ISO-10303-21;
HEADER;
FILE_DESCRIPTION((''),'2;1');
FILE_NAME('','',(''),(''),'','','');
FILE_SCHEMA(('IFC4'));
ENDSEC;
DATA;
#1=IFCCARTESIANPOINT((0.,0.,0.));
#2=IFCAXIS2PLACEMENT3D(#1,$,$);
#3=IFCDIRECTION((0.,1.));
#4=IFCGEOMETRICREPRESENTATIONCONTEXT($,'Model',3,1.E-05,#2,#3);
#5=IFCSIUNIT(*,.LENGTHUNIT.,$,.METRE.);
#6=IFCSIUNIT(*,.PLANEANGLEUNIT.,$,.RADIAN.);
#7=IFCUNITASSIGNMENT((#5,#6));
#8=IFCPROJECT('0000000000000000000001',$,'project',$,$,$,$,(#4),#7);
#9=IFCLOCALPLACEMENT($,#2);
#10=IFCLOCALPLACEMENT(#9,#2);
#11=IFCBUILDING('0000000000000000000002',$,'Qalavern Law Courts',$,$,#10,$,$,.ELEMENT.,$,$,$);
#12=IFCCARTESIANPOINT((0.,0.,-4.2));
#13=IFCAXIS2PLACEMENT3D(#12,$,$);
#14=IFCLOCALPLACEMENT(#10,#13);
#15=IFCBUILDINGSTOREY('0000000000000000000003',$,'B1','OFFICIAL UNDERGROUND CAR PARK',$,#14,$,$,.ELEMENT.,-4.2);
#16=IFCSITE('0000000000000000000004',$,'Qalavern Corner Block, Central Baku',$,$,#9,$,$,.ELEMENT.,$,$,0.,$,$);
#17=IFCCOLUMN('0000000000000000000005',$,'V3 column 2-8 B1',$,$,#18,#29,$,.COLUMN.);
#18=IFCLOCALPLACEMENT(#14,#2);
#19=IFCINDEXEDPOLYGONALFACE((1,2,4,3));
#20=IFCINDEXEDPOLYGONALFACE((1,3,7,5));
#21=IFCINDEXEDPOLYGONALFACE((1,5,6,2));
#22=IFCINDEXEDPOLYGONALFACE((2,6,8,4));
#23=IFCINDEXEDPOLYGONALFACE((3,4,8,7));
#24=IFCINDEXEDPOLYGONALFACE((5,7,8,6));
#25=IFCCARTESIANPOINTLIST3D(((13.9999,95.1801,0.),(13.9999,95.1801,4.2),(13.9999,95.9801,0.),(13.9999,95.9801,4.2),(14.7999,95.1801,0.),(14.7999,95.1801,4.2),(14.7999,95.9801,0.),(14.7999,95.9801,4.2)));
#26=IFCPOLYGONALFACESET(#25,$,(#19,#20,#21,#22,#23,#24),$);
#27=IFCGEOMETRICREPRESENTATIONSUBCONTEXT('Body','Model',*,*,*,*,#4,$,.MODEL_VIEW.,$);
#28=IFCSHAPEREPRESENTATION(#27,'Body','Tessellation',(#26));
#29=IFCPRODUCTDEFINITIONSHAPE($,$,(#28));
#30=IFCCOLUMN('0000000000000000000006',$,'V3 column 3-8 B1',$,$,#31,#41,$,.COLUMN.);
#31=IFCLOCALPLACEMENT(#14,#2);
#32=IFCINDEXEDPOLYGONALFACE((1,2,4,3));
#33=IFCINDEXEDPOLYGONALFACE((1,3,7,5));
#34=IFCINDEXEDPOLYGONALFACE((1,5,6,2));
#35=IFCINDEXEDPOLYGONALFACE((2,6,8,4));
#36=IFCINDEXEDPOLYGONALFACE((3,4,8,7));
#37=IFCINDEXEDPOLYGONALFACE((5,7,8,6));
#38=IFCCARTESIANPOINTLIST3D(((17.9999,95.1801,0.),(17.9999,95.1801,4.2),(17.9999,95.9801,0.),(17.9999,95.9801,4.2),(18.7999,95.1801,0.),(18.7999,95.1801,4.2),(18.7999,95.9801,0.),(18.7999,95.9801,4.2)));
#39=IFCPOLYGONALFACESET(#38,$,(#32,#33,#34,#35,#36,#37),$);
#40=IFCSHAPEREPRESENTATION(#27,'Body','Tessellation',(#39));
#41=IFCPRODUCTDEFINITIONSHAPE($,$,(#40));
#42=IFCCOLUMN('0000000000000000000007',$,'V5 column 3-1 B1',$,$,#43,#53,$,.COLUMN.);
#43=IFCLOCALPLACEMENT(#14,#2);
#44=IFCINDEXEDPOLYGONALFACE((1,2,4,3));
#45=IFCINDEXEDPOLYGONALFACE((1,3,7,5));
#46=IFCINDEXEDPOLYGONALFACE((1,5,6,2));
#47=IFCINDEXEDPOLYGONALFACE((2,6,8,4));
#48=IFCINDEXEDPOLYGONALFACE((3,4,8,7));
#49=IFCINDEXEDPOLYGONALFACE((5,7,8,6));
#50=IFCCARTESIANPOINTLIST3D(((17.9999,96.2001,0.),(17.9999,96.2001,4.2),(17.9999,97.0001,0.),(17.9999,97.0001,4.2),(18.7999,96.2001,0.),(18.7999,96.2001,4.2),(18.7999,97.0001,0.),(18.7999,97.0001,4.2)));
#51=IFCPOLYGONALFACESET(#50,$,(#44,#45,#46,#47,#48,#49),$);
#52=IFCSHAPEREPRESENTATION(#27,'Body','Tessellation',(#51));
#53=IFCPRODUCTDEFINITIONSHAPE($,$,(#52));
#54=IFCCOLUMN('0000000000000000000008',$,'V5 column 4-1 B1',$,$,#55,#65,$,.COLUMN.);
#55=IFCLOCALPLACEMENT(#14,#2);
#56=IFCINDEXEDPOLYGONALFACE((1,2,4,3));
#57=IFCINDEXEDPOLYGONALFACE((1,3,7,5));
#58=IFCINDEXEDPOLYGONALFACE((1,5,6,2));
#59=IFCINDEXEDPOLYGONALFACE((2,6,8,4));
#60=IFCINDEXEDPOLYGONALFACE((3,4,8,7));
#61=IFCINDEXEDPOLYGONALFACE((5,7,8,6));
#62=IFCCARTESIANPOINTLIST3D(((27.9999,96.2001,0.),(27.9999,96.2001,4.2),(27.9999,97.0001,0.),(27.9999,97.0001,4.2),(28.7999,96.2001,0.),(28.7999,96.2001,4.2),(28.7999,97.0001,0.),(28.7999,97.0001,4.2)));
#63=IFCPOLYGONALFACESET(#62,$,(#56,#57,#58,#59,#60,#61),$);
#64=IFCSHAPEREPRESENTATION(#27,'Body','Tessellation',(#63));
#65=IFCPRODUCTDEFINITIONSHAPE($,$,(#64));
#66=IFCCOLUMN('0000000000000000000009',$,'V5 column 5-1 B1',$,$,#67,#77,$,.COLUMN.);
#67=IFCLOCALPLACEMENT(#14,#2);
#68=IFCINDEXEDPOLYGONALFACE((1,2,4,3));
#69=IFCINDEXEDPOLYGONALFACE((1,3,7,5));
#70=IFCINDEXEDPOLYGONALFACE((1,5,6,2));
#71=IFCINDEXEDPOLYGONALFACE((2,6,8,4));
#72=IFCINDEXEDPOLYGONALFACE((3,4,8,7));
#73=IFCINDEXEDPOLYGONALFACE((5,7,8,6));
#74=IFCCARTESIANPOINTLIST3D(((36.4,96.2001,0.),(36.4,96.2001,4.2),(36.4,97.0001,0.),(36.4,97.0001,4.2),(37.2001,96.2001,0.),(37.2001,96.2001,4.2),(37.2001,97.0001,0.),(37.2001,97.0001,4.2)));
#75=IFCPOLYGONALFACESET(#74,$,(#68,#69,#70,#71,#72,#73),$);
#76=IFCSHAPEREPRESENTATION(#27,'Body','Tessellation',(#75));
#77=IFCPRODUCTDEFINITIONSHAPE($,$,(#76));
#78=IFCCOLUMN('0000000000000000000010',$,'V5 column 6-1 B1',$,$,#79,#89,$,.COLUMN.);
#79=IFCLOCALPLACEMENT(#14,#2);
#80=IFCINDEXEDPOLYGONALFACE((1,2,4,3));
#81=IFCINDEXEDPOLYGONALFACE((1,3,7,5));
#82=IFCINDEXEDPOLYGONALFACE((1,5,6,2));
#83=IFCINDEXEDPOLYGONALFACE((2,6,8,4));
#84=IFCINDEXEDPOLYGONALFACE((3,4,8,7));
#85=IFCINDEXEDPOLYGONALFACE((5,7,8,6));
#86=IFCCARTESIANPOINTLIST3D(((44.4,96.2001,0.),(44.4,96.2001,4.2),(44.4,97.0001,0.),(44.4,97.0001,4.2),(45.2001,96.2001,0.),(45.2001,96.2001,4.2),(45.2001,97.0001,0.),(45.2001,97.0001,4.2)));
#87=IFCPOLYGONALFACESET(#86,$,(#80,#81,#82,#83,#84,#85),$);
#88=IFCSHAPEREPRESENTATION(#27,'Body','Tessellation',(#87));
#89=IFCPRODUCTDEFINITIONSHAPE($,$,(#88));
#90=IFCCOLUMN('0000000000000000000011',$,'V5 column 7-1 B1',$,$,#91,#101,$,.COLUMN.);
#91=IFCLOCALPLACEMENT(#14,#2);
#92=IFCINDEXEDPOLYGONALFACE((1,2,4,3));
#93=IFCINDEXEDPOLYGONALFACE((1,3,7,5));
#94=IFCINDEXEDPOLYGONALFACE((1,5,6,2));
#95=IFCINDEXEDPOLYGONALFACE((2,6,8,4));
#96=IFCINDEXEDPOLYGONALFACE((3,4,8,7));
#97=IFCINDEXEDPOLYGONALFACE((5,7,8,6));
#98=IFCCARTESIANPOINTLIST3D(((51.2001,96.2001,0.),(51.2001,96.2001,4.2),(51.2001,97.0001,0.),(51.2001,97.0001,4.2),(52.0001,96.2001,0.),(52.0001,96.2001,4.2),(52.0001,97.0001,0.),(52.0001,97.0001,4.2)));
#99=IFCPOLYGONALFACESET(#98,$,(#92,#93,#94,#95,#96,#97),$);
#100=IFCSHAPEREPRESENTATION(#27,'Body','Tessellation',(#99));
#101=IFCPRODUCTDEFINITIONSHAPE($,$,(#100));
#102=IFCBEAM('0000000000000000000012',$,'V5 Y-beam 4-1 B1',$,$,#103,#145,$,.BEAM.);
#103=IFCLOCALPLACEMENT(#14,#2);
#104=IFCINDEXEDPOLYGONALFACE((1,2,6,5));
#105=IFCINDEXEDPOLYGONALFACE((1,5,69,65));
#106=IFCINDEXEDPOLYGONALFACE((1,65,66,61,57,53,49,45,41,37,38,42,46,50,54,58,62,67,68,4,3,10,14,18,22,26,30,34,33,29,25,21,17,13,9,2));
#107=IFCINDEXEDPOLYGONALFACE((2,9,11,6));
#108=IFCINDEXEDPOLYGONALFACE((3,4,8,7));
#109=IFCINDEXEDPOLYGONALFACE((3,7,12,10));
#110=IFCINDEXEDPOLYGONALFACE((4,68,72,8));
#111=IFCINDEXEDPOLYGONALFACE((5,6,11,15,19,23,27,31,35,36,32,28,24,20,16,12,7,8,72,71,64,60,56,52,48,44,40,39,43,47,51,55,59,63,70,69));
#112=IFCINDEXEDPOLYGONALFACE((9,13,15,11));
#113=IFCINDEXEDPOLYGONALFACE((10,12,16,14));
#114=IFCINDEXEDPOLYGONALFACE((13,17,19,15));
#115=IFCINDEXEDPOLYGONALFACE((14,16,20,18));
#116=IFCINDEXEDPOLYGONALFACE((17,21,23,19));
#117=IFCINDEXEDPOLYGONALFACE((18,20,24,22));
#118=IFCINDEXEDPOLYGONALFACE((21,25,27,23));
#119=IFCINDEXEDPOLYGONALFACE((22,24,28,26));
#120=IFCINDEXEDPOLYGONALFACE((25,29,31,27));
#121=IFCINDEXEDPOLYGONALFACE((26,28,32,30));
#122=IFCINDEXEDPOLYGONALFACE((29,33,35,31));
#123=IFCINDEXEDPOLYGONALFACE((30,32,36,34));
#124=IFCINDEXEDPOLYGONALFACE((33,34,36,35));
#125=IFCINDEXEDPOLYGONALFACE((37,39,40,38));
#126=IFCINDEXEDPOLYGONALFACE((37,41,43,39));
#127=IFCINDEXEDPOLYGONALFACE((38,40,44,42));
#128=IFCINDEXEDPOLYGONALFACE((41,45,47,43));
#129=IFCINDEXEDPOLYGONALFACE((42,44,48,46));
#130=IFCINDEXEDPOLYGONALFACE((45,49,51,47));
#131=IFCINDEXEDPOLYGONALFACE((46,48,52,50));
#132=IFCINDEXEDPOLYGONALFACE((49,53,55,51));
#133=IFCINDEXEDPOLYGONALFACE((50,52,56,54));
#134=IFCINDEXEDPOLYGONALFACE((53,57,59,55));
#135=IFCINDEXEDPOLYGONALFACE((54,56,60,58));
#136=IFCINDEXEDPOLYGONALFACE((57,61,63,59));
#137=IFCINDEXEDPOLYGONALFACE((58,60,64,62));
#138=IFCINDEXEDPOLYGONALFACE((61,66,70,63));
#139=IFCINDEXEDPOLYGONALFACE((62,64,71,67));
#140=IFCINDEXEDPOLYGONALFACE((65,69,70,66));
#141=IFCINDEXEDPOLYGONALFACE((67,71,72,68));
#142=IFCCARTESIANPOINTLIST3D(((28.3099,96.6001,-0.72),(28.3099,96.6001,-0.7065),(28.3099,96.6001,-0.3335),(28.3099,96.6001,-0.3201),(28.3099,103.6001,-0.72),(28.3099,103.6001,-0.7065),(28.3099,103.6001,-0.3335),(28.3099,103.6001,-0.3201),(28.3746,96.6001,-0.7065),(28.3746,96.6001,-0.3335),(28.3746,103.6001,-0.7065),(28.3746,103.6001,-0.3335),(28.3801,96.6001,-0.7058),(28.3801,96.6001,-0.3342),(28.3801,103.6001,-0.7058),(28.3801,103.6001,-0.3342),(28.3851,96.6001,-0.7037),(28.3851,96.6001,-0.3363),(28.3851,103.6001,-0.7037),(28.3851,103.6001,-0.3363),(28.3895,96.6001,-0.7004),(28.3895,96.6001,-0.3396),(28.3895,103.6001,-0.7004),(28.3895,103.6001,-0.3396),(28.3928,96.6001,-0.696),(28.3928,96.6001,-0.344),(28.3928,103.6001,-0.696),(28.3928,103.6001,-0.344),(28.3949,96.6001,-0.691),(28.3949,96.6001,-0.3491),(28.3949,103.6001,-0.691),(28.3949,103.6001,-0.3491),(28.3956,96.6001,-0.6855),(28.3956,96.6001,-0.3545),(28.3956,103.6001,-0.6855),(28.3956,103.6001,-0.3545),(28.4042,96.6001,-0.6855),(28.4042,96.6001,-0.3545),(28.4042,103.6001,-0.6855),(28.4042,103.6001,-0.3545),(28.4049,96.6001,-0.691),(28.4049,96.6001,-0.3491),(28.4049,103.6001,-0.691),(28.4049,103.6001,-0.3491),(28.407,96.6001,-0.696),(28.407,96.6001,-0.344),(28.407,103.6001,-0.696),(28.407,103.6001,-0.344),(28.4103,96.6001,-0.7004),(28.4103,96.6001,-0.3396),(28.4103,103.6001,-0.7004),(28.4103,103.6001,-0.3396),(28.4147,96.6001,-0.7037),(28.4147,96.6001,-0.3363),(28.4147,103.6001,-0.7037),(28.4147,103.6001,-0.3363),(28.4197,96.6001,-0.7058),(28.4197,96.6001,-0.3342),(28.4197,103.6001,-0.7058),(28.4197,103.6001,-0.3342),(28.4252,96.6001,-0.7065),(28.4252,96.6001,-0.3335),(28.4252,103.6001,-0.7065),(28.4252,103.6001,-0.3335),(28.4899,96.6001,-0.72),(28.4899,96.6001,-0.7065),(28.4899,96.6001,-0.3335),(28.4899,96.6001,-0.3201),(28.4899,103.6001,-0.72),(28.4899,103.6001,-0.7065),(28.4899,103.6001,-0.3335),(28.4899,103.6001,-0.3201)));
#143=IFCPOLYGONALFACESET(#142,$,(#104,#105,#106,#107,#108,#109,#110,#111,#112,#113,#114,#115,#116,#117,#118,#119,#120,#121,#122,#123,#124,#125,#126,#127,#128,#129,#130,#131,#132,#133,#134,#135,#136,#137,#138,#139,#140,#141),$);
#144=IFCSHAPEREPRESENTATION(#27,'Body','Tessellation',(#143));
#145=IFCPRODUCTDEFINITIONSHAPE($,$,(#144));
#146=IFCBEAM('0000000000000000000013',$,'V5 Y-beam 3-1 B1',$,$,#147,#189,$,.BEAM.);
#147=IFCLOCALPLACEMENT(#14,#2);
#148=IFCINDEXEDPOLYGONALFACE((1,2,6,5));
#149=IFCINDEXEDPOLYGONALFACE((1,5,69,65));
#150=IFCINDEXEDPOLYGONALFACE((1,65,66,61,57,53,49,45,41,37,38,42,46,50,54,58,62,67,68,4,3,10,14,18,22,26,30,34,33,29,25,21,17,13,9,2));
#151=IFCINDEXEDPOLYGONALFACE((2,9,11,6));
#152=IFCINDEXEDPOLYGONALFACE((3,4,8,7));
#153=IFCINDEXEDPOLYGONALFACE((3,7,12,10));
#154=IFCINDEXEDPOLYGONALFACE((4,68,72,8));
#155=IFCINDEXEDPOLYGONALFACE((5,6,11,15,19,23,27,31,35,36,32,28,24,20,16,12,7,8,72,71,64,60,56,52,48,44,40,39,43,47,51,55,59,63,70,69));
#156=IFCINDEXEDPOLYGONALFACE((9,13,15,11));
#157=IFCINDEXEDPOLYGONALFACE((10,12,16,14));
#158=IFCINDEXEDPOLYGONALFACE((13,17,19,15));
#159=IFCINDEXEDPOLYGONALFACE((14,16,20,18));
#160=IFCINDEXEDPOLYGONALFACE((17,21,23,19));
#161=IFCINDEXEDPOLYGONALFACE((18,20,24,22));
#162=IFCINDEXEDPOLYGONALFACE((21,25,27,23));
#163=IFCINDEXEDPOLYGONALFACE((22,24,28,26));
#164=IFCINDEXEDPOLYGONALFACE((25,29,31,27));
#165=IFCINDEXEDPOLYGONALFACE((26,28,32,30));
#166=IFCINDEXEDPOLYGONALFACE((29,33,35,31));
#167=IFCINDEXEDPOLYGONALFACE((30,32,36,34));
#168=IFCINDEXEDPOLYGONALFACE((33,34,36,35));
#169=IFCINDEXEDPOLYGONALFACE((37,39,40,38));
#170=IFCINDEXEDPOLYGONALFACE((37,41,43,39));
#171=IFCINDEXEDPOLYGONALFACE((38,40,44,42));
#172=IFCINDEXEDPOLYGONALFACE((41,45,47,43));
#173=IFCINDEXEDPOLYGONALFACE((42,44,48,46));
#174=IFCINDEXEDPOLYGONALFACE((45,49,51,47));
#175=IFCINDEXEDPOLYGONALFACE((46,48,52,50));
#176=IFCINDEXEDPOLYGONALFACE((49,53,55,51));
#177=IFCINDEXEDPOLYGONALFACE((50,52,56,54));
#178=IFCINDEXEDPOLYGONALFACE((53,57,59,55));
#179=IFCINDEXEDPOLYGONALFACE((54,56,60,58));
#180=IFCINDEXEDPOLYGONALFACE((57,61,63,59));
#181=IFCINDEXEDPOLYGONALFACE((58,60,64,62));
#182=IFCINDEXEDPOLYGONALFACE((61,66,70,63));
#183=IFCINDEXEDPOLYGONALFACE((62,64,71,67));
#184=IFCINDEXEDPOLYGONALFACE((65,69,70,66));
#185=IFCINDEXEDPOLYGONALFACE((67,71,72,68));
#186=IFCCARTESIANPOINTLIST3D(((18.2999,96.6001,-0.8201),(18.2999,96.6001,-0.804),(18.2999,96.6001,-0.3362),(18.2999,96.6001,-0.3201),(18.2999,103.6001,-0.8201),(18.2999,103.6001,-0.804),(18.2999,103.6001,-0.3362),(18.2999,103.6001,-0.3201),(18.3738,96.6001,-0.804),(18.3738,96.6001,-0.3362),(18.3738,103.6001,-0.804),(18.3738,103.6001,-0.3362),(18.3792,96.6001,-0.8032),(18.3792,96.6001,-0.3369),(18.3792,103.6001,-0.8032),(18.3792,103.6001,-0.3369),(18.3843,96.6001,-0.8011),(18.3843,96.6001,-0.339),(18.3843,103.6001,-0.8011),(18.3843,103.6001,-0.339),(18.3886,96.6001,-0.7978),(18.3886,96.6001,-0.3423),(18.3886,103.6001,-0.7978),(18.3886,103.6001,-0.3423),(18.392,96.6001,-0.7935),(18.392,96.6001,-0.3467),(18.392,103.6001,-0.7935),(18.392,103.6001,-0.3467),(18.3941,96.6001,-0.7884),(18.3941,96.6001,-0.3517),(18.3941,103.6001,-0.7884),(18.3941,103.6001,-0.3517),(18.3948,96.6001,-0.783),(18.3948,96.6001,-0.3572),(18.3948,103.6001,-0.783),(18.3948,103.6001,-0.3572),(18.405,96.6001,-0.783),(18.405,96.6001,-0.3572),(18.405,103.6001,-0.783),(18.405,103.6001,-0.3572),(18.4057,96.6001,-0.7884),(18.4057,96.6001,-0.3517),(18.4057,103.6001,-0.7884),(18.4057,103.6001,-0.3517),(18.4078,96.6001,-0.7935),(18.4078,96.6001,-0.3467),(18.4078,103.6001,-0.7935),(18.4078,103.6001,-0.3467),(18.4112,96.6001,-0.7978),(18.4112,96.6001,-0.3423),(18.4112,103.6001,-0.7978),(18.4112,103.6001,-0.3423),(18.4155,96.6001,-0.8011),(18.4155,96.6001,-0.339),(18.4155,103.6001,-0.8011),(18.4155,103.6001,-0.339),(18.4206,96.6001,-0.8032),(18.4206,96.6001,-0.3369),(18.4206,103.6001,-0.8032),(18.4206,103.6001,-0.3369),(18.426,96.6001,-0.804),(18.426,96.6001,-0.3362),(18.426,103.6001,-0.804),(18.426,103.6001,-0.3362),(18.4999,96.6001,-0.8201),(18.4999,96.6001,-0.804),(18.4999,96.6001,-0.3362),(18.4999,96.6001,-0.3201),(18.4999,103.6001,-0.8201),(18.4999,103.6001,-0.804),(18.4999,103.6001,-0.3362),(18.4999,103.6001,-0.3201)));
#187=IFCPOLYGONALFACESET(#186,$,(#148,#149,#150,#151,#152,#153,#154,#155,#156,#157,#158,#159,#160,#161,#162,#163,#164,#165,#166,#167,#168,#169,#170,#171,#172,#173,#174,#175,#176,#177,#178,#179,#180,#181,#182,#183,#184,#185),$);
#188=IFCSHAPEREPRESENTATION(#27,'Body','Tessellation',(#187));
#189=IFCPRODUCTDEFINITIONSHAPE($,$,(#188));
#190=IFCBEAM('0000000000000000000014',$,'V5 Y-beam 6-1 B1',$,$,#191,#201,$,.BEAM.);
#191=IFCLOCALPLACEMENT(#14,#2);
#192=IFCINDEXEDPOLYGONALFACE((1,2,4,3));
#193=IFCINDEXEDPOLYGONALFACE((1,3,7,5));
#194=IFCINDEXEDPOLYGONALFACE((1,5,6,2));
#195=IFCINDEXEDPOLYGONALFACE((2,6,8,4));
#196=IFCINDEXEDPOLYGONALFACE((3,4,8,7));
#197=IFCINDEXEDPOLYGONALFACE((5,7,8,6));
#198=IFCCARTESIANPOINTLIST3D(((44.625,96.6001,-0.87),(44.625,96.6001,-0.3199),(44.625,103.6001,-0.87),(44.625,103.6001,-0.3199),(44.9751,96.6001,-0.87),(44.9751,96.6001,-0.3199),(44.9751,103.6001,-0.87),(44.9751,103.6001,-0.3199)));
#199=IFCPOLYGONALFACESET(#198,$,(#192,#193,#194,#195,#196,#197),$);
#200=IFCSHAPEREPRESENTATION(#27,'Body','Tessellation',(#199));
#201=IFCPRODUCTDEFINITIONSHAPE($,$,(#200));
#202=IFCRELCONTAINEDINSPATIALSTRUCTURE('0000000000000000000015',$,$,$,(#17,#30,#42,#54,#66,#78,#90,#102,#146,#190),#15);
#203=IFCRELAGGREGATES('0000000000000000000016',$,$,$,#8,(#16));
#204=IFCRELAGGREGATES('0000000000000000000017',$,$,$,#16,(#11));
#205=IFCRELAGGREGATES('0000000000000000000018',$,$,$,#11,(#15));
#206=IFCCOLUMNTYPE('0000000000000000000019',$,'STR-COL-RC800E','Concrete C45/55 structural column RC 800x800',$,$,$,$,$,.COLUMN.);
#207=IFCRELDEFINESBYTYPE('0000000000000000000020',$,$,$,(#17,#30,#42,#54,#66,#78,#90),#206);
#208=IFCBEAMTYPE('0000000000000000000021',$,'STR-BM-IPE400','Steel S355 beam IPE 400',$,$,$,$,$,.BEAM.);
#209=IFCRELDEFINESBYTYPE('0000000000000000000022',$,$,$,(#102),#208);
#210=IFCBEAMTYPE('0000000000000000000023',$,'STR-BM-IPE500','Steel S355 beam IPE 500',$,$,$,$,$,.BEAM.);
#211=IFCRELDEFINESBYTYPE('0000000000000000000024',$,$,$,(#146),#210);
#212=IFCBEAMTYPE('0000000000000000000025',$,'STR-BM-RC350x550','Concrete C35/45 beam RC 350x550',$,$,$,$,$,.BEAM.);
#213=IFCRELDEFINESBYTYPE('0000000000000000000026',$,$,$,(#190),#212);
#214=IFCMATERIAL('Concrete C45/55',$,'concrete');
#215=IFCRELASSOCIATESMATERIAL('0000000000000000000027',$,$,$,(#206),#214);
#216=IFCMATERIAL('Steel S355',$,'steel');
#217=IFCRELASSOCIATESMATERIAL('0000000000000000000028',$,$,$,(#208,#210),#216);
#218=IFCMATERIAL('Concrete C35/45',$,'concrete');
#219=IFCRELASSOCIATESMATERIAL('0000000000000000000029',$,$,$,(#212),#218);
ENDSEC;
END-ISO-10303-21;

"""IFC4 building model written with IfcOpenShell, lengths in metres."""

from ifc_helpers import new_model, si_unit, direction, frame, origin, origin_2d, place, context, subcontext, project, spatial, rectangle, i_section, extrude, material, material_profile, profile_set, type_object, element, save


model = new_model("IFC4")

# Units and contexts
model_context = context("Model", 3, precision=1e-05, world=origin(), true_north=direction((0.0, 1.0)))
body_context = subcontext(model_context, "Body", "Model", "MODEL_VIEW")
ifc_project = project(units=[si_unit("LENGTHUNIT", "METRE"), si_unit("PLANEANGLEUNIT", "RADIAN")], contexts=[model_context])

# Site, building, storey
site_placement = place(None, origin())
site = spatial("IfcSite", under=ifc_project, at=site_placement, Name="Qalavern Corner Block, Central Baku", CompositionType="ELEMENT", RefElevation=0.0)
building_placement = place(site_placement, origin())
building = spatial("IfcBuilding", under=site, at=building_placement, Name="Qalavern Law Courts", CompositionType="ELEMENT")
storey_placement = place(building_placement, frame((0.0, 0.0, -4.2)))
storey = spatial("IfcBuildingStorey", under=building, at=storey_placement, Name="B1", Description="OFFICIAL UNDERGROUND CAR PARK", CompositionType="ELEMENT", Elevation=-4.2)

# Columns
ifc_material_1 = material(Name="Concrete C45/55", Category="concrete")
ifc_material_profile_1 = material_profile(ifc_material_1, rectangle(XDim=0.8, YDim=0.8, at=origin_2d()), Name="RC 800x800")
ifc_profile_set_1 = profile_set([ifc_material_profile_1], Name="Concrete C45/55")
column_type = type_object("IfcColumnType", Name="STR-COL-RC800E", Description="Concrete C45/55 structural column RC 800x800", PredefinedType="COLUMN", material=ifc_profile_set_1)
for number, where, z_axis, x_axis, name in (
    (1, (14.3999, 95.5801, 0.0), (0.0, 0.0, 1.0), (1.0, 0.0, 0.0), "V3 column 2-8 B1"),
    (2, (18.3999, 95.5801, 0.0), (0.0, 0.0, 1.0), (1.0, 0.0, 0.0), "V3 column 3-8 B1"),
    (3, (18.3999, 96.6001, 0.0), (0.0, 0.0, 1.0), (1.0, 0.0, 0.0), "V5 column 3-1 B1"),
    (4, (28.3999, 96.6001, 0.0), (0.0, 0.0, 1.0), (1.0, 0.0, 0.0), "V5 column 4-1 B1"),
    (5, (36.8, 96.6001, 0.0), (0.0, 0.0, 1.0), (1.0, 0.0, 0.0), "V5 column 5-1 B1"),
    (6, (44.8, 96.6001, 0.0), (0.0, 0.0, 1.0), (1.0, 0.0, 0.0), "V5 column 6-1 B1"),
    (7, (51.6001, 96.6001, 0.0), (0.0, 0.0, 1.0), (1.0, 0.0, 0.0), "V5 column 7-1 B1"),
):
    element("IfcColumn", number, at=place(storey_placement, frame(where, z_axis=z_axis, x_axis=x_axis)), inside=storey, type_object=column_type, Name=name, PredefinedType="COLUMN", context=body_context, shape_type="SweptSolid", body=[
        extrude(rectangle(XDim=0.8, YDim=0.8, at=origin_2d()), origin(), (0.0, 0.0, 1.0), 4.2),
    ])

# Beams
ifc_material_2 = material(Name="Steel S355", Category="steel")
ifc_material_profile_2 = material_profile(ifc_material_2, i_section(OverallWidth=0.1799, OverallDepth=0.3999, WebThickness=0.0085, FlangeThickness=0.0134, FilletRadius=0.021, at=origin_2d()), Name="IPE 400")
ifc_profile_set_2 = profile_set([ifc_material_profile_2], Name="Steel S355")
beam_type_1 = type_object("IfcBeamType", Name="STR-BM-IPE400", Description="Steel S355 beam IPE 400", PredefinedType="BEAM", material=ifc_profile_set_2)
beam_1_placement = place(storey_placement, frame((28.3999, 96.6001, -0.52), z_axis=(0.0, 1.0, 0.0), x_axis=(-1.0, 0.0, 0.0)))
element("IfcBeam", 8, at=beam_1_placement, inside=storey, type_object=beam_type_1, Name="V5 Y-beam 4-1 B1", PredefinedType="BEAM", context=body_context, shape_type="SweptSolid", body=[
    extrude(i_section(OverallWidth=0.1799, OverallDepth=0.3999, WebThickness=0.0085, FlangeThickness=0.0134, FilletRadius=0.021, at=origin_2d()), origin(), (0.0, 0.0, 1.0), 7.0),
])
ifc_material_profile_3 = material_profile(ifc_material_2, i_section(OverallWidth=0.2, OverallDepth=0.5, WebThickness=0.0103, FlangeThickness=0.0161, FilletRadius=0.021, at=origin_2d()), Name="IPE 500")
ifc_profile_set_3 = profile_set([ifc_material_profile_3], Name="Steel S355")
beam_type_2 = type_object("IfcBeamType", Name="STR-BM-IPE500", Description="Steel S355 beam IPE 500", PredefinedType="BEAM", material=ifc_profile_set_3)
beam_2_placement = place(storey_placement, frame((18.3999, 96.6001, -0.5701), z_axis=(0.0, 1.0, 0.0), x_axis=(-1.0, 0.0, 0.0)))
element("IfcBeam", 9, at=beam_2_placement, inside=storey, type_object=beam_type_2, Name="V5 Y-beam 3-1 B1", PredefinedType="BEAM", context=body_context, shape_type="SweptSolid", body=[
    extrude(i_section(OverallWidth=0.2, OverallDepth=0.5, WebThickness=0.0103, FlangeThickness=0.0161, FilletRadius=0.021, at=origin_2d()), origin(), (0.0, 0.0, 1.0), 7.0),
])
ifc_material_3 = material(Name="Concrete C35/45", Category="concrete")
ifc_material_profile_4 = material_profile(ifc_material_3, rectangle(XDim=0.3501, YDim=0.55, at=origin_2d()), Name="RC 350x550")
ifc_profile_set_4 = profile_set([ifc_material_profile_4], Name="Concrete C35/45")
beam_type_3 = type_object("IfcBeamType", Name="STR-BM-RC350x550", Description="Concrete C35/45 beam RC 350x550", PredefinedType="BEAM", material=ifc_profile_set_4)
beam_3_placement = place(storey_placement, frame((44.8, 96.6001, -0.595), z_axis=(0.0, 1.0, 0.0), x_axis=(-1.0, 0.0, 0.0)))
element("IfcBeam", 10, at=beam_3_placement, inside=storey, type_object=beam_type_3, Name="V5 Y-beam 6-1 B1", PredefinedType="BEAM", context=body_context, shape_type="SweptSolid", body=[
    extrude(rectangle(XDim=0.3501, YDim=0.55, at=origin_2d()), origin(), (0.0, 0.0, 1.0), 7.0),
])

save(model, "model.ifc")
